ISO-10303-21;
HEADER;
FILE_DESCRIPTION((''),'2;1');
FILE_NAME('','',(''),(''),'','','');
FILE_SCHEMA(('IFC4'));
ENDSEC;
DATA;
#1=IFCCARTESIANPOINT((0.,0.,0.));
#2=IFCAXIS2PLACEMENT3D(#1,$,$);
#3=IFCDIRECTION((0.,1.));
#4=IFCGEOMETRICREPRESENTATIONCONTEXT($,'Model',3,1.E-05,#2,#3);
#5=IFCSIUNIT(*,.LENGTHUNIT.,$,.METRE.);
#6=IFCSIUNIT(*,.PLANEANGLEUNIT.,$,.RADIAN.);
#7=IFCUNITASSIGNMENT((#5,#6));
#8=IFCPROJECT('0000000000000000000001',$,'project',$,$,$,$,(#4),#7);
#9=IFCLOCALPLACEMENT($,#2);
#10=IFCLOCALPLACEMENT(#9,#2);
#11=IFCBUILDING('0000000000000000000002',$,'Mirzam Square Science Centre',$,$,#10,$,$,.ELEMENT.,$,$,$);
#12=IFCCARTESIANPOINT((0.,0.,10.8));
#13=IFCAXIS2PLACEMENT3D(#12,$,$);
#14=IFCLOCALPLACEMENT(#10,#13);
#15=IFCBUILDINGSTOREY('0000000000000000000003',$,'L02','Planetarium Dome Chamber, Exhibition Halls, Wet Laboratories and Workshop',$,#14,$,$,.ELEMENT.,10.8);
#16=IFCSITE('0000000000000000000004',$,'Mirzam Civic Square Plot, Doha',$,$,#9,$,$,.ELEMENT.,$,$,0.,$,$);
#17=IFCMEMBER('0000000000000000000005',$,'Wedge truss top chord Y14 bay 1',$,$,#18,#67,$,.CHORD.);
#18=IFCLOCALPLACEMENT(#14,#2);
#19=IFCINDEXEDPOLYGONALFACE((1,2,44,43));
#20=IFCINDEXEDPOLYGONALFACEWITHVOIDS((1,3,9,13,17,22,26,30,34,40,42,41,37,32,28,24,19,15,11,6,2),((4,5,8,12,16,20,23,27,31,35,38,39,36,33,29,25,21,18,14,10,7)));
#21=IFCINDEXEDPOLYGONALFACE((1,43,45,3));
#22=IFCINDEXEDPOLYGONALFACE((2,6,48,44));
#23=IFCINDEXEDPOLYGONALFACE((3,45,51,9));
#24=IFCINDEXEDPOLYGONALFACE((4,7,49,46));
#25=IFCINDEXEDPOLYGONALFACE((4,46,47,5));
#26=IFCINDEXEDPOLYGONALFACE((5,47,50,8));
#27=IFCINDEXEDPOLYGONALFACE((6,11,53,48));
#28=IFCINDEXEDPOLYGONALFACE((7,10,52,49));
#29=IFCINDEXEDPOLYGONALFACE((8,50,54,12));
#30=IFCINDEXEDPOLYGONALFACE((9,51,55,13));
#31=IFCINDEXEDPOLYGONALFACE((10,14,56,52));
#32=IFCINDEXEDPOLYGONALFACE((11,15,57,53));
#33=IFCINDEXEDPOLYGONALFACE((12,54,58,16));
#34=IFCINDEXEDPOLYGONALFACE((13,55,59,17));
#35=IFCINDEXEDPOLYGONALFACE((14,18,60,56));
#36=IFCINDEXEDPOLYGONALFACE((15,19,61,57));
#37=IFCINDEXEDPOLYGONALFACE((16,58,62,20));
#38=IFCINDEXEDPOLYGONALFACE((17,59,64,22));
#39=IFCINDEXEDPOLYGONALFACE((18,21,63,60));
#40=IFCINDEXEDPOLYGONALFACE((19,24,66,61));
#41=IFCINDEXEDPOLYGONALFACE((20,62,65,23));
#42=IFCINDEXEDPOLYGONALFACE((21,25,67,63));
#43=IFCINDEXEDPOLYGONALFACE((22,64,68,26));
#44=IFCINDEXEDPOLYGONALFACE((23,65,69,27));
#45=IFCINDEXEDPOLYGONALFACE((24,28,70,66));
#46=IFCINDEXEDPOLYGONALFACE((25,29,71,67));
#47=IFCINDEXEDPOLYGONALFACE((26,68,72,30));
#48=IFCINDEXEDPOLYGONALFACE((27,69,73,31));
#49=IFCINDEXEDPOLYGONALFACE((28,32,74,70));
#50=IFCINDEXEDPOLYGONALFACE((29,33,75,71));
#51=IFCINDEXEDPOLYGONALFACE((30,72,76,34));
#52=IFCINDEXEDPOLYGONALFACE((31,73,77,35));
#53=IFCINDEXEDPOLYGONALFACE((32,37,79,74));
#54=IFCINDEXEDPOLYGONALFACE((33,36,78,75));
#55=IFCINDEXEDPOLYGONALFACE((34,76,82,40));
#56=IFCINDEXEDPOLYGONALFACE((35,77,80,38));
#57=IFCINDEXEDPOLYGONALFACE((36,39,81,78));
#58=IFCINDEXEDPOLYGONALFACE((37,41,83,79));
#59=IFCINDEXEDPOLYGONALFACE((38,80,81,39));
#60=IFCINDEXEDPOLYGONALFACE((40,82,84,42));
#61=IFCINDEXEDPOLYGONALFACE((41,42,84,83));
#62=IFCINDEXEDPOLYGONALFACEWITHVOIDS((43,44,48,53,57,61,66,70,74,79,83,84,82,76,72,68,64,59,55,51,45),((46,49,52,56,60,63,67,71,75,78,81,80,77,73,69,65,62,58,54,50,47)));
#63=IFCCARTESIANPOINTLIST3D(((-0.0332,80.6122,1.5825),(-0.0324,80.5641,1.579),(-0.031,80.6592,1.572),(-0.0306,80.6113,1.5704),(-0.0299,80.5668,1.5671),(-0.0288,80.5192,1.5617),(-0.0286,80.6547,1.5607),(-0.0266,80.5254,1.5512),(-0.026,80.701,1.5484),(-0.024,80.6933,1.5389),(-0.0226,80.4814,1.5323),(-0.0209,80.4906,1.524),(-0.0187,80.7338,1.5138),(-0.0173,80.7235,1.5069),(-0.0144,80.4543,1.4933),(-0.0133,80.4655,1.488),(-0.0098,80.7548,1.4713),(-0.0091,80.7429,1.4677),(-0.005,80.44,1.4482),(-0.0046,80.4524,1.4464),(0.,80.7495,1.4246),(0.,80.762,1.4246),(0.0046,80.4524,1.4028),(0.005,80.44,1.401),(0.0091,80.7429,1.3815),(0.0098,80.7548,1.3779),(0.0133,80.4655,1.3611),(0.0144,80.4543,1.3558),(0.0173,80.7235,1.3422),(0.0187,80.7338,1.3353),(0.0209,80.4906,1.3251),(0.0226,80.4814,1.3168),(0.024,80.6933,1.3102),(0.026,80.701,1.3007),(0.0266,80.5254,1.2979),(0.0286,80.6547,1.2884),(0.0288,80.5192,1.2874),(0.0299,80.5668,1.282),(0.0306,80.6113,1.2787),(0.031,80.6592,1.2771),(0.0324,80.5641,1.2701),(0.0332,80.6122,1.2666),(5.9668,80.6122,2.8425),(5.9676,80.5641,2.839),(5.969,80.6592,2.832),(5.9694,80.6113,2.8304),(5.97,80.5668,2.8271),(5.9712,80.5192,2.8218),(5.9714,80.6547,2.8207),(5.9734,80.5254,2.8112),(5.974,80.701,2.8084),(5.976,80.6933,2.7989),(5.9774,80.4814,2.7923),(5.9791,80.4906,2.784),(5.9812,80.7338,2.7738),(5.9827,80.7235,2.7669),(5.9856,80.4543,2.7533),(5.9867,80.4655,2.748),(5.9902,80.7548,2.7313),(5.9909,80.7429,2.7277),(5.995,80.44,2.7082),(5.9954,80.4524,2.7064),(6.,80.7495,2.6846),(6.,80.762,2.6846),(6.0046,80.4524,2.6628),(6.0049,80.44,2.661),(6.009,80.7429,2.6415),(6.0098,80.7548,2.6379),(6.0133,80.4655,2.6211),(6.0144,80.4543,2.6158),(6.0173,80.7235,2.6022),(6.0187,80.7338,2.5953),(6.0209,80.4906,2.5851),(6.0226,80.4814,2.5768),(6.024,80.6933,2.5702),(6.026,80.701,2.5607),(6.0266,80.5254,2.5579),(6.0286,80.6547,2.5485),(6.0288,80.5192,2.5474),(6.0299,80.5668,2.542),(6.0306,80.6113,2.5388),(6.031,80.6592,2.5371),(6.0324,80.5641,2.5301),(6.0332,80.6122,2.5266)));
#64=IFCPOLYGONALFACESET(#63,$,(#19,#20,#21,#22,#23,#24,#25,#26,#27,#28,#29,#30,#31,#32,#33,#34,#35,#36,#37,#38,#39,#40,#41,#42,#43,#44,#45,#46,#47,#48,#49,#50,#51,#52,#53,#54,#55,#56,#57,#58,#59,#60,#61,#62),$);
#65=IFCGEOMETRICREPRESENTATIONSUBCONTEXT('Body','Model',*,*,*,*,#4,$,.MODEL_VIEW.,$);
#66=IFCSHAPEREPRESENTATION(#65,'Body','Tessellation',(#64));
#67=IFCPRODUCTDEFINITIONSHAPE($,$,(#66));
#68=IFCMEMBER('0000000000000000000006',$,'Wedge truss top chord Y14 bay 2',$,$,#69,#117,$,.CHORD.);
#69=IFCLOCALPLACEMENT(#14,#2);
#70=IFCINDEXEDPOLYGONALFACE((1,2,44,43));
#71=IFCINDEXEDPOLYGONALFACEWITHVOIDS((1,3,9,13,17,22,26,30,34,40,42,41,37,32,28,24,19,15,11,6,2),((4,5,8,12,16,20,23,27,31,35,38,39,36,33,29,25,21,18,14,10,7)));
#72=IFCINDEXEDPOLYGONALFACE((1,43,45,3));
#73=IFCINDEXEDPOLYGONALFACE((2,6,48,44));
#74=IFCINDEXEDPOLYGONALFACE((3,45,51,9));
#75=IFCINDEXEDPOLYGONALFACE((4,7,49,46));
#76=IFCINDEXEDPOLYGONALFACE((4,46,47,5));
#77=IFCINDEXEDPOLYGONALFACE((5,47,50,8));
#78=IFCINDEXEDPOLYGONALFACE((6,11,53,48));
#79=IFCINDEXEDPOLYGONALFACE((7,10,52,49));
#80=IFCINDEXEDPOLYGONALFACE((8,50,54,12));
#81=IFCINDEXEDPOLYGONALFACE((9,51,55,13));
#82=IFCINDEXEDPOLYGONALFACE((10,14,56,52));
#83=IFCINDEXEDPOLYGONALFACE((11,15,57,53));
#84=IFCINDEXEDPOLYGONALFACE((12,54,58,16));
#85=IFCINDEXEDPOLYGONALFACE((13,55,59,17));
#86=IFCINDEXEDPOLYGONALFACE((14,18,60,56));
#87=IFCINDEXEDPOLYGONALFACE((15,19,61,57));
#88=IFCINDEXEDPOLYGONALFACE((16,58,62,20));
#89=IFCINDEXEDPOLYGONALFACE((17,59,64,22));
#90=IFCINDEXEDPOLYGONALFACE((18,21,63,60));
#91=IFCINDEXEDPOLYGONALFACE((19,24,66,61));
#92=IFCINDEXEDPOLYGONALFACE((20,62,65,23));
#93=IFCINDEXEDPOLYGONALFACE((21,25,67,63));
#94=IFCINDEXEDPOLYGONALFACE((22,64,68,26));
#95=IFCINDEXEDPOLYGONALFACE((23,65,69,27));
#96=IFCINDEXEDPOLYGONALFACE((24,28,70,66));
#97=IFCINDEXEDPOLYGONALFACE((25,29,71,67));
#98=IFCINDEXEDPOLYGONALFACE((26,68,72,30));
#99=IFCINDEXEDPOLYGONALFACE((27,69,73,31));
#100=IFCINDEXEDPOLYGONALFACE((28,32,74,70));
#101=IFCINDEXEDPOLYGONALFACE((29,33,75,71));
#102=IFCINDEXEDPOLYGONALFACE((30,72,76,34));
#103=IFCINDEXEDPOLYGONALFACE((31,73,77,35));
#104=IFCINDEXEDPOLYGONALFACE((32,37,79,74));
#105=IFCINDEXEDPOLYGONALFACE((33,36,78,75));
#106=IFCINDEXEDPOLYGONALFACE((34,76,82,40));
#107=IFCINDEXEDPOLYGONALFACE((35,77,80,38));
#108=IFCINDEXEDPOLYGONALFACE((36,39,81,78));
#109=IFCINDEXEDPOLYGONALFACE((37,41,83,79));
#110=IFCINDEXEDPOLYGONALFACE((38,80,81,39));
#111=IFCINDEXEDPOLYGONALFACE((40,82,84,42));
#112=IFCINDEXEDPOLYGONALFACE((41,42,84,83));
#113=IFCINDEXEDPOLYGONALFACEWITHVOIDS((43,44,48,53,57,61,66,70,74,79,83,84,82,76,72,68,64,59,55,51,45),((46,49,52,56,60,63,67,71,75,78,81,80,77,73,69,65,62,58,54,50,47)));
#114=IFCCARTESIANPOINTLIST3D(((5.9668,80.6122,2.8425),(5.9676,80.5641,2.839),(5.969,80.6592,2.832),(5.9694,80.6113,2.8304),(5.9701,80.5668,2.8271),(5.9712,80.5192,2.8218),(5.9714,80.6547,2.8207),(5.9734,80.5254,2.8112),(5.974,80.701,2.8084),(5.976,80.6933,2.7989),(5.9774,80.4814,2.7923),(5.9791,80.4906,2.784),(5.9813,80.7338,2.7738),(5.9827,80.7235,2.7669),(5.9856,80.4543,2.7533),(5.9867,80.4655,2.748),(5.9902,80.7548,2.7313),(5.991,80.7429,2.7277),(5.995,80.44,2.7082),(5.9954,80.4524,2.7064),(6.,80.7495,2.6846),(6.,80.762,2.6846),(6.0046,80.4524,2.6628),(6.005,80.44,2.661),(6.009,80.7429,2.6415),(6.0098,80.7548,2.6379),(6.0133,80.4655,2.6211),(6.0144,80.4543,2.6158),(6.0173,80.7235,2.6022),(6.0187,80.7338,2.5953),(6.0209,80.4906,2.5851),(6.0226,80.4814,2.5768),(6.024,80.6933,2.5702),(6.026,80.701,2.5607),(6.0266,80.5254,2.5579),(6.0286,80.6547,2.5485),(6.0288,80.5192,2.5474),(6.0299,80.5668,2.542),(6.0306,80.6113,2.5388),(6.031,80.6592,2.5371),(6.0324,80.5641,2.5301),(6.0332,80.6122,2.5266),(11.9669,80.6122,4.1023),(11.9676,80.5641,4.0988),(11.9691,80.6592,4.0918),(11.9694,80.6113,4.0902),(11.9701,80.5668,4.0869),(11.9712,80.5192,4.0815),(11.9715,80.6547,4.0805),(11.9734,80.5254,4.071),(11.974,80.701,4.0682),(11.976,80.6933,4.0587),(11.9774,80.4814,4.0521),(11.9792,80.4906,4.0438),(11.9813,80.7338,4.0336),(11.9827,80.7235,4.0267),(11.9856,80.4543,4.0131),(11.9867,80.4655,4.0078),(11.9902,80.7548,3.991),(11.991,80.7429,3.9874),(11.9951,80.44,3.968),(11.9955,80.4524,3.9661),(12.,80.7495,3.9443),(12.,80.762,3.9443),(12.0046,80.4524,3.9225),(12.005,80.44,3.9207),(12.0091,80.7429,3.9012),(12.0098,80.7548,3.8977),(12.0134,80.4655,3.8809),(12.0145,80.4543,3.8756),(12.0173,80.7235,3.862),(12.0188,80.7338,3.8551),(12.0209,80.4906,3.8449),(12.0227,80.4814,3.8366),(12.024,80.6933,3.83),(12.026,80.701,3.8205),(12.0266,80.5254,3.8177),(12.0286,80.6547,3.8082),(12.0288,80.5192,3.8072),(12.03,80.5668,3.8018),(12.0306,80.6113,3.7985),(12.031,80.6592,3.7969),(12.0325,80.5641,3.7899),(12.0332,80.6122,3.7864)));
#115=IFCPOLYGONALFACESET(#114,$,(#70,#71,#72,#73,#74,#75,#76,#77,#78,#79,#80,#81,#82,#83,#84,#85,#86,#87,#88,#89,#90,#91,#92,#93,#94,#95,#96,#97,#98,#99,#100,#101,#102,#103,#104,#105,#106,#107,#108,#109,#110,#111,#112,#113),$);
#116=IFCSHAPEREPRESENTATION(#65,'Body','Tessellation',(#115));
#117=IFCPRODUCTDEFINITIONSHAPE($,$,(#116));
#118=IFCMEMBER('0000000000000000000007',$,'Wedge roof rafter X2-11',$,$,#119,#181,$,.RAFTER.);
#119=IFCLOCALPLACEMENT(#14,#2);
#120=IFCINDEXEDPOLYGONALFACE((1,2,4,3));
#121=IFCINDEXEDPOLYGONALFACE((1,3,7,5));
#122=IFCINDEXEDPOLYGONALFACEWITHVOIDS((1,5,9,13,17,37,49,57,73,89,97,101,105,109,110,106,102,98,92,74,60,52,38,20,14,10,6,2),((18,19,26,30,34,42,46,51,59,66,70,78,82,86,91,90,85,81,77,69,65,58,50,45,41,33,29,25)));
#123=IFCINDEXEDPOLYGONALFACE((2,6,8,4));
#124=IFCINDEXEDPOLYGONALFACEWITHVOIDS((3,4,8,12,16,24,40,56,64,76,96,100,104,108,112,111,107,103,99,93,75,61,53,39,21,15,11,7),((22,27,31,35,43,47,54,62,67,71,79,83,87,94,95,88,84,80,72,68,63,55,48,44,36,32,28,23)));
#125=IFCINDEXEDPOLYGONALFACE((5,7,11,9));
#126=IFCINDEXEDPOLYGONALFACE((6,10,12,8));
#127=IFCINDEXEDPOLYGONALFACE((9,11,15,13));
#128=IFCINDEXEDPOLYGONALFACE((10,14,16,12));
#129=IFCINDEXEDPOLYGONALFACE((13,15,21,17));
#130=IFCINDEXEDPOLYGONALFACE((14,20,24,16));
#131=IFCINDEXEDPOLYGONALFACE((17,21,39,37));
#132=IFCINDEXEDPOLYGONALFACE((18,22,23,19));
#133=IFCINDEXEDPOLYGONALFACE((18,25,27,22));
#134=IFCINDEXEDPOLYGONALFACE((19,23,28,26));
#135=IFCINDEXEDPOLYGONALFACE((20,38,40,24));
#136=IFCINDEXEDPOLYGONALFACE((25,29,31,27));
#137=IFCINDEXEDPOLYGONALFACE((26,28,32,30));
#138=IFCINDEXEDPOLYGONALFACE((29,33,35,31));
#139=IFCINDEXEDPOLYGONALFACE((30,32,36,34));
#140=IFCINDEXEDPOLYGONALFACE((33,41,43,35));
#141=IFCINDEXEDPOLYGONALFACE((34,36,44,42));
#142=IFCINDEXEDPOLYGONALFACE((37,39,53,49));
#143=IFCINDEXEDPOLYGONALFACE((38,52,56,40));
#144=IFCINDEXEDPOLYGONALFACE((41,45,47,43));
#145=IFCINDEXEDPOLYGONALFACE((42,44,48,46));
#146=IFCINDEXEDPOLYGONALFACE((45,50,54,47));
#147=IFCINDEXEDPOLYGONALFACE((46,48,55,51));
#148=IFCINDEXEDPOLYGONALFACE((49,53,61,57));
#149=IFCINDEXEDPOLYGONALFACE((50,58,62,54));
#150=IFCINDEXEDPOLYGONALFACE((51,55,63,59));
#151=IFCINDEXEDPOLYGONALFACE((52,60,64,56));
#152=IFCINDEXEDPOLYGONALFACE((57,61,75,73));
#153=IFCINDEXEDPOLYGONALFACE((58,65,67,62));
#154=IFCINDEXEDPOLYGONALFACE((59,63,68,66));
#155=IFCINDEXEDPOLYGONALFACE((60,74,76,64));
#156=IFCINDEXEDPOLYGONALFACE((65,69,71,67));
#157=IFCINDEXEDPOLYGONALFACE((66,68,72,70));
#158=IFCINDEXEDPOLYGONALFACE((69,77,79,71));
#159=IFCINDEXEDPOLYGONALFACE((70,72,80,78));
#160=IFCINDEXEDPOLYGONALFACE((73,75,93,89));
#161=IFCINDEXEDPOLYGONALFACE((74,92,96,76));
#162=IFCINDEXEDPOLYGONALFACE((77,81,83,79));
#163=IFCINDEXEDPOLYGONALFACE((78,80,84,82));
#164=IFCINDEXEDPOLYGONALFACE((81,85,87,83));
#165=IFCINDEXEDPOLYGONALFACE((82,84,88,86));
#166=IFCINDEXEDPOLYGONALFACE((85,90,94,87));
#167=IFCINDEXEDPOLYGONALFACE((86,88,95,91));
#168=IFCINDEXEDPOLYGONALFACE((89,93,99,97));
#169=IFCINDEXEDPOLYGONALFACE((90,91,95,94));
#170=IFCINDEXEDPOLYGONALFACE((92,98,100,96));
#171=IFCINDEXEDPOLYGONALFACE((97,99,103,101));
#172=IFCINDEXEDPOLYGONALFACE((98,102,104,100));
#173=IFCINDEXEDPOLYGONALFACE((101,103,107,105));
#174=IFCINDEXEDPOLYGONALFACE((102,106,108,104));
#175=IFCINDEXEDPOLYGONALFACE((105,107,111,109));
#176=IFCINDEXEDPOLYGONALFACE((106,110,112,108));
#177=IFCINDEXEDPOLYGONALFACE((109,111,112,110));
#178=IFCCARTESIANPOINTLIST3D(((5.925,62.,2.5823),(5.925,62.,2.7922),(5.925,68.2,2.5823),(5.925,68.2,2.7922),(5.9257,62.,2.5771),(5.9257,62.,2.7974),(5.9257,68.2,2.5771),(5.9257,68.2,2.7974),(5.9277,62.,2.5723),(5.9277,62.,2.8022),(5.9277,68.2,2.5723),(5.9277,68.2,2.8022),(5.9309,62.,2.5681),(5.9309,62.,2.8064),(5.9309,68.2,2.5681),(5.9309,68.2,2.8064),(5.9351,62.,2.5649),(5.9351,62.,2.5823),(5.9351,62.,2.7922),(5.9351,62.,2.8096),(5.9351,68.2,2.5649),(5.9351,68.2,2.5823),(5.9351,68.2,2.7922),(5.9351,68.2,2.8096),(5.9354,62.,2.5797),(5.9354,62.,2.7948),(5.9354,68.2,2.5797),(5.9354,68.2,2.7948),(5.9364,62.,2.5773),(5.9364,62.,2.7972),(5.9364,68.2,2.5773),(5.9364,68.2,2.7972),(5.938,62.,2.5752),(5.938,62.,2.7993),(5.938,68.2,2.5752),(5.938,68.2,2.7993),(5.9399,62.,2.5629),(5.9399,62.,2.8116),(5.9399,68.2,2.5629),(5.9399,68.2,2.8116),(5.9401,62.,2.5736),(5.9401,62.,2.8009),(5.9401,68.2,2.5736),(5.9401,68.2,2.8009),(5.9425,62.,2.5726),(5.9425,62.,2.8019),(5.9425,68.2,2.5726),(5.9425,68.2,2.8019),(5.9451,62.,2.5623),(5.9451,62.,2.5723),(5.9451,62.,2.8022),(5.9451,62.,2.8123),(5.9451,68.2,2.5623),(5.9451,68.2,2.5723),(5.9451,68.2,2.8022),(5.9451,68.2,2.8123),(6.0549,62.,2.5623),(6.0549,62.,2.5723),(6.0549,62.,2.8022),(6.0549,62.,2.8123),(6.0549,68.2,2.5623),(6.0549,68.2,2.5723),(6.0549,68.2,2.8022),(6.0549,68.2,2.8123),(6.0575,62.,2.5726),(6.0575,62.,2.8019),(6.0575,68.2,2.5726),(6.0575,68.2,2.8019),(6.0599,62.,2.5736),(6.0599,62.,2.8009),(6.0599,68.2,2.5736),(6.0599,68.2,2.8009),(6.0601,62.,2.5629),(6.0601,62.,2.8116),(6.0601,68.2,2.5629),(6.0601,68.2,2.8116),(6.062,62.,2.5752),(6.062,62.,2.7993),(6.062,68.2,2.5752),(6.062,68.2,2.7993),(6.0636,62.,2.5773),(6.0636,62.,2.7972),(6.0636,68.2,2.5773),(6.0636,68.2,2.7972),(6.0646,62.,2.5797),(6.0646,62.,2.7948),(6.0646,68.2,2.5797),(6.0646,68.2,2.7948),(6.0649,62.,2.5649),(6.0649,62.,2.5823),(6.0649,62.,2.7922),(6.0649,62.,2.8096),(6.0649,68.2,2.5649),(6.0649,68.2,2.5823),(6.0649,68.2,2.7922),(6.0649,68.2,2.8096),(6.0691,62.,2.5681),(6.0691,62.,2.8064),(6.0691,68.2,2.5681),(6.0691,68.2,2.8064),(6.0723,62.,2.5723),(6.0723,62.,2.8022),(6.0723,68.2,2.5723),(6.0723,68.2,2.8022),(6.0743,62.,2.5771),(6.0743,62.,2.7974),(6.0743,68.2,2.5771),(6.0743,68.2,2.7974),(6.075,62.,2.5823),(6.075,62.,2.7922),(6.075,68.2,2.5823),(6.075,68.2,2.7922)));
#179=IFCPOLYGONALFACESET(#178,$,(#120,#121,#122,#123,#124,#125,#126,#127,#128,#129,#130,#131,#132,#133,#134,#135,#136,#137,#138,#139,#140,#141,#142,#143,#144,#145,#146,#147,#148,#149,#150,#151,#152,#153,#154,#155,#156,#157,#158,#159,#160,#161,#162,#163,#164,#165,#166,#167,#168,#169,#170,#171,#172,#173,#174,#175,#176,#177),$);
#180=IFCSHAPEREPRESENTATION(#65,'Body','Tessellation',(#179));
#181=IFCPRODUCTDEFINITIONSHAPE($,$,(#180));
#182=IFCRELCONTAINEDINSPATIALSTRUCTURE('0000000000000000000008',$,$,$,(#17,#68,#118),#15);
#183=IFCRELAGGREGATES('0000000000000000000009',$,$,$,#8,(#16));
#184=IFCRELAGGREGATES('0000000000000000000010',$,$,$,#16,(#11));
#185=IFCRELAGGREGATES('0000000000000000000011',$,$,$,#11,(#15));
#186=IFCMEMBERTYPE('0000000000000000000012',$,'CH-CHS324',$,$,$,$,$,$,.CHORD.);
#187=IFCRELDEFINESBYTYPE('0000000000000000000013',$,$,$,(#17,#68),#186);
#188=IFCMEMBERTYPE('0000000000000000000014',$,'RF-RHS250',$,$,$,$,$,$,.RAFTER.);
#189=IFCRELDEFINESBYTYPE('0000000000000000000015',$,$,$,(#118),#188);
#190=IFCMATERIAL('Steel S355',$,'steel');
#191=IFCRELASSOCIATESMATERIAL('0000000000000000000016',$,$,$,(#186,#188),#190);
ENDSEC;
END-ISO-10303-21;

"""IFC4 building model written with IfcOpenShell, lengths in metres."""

from ifc_helpers import new_model, si_unit, direction, frame, origin, origin_2d, place, context, subcontext, project, spatial, hollow_rectangle, hollow_circle, extrude, material, material_profile, profile_set, type_object, element, save


model = new_model("IFC4")

# Units and contexts
model_context = context("Model", 3, precision=1e-05, world=origin(), true_north=direction((0.0, 1.0)))
body_context = subcontext(model_context, "Body", "Model", "MODEL_VIEW")
ifc_project = project(units=[si_unit("LENGTHUNIT", "METRE"), si_unit("PLANEANGLEUNIT", "RADIAN")], contexts=[model_context])

# Site, building, storey
site_placement = place(None, origin())
site = spatial("IfcSite", under=ifc_project, at=site_placement, Name="Mirzam Civic Square Plot, Doha", CompositionType="ELEMENT", RefElevation=0.0)
building_placement = place(site_placement, origin())
building = spatial("IfcBuilding", under=site, at=building_placement, Name="Mirzam Square Science Centre", CompositionType="ELEMENT")
storey_placement = place(building_placement, frame((0.0, 0.0, 10.8)))
storey = spatial("IfcBuildingStorey", under=building, at=storey_placement, Name="L02", Description="Planetarium Dome Chamber, Exhibition Halls, Wet Laboratories and Workshop", CompositionType="ELEMENT", Elevation=10.8)

# Members
ifc_material = material(Name="Steel S355", Category="steel")
ifc_material_profile_1 = material_profile(ifc_material, hollow_circle(Radius=0.1619, WallThickness=0.0125, at=origin_2d()), Name="323.9x12.5CHS")
ifc_profile_set_1 = profile_set([ifc_material_profile_1], Name="Steel S355")
member_type_1 = type_object("IfcMemberType", Name="CH-CHS324", PredefinedType="CHORD", material=ifc_profile_set_1)
for number, where, z_axis, x_axis, name in (
    (1, (0.0, 80.6001, 1.4246), (0.978653, 0.0, 0.205519), (0.0, 1.0, 0.0), "Wedge truss top chord Y14 bay 1"),
    (2, (6.0, 80.6001, 2.6846), (0.978661, 0.0, 0.205481), (0.0, 1.0, 0.0), "Wedge truss top chord Y14 bay 2"),
):
    element("IfcMember", number, at=place(storey_placement, frame(where, z_axis=z_axis, x_axis=x_axis)), inside=storey, type_object=member_type_1, Name=name, PredefinedType="CHORD", context=body_context, shape_type="SweptSolid", body=[
        extrude(hollow_circle(Radius=0.1619, WallThickness=0.0125, at=origin_2d()), origin(), (0.0, 0.0, 1.0), 6.1309),
    ])
ifc_material_profile_2 = material_profile(ifc_material, hollow_rectangle(XDim=0.1499, YDim=0.25, WallThickness=0.01, InnerFilletRadius=0.01, OuterFilletRadius=0.02, at=origin_2d()), Name="250x150x10.0RHS")
ifc_profile_set_2 = profile_set([ifc_material_profile_2], Name="Steel S355")
member_type_2 = type_object("IfcMemberType", Name="RF-RHS250", PredefinedType="RAFTER", material=ifc_profile_set_2)
for number, where, z_axis, x_axis, name in (
    (3, (6.0, 62.0, 2.6873), (0.0, 1.0, 0.0), (-1.0, 0.0, 0.0), "Wedge roof rafter X2-11"),
):
    element("IfcMember", number, at=place(storey_placement, frame(where, z_axis=z_axis, x_axis=x_axis)), inside=storey, type_object=member_type_2, Name=name, PredefinedType="RAFTER", context=body_context, shape_type="SweptSolid", body=[
        extrude(hollow_rectangle(XDim=0.1499, YDim=0.25, WallThickness=0.01, InnerFilletRadius=0.01, OuterFilletRadius=0.02, at=origin_2d()), origin(), (0.0, 0.0, 1.0), 6.2),
    ])

save(model, "model.ifc")
